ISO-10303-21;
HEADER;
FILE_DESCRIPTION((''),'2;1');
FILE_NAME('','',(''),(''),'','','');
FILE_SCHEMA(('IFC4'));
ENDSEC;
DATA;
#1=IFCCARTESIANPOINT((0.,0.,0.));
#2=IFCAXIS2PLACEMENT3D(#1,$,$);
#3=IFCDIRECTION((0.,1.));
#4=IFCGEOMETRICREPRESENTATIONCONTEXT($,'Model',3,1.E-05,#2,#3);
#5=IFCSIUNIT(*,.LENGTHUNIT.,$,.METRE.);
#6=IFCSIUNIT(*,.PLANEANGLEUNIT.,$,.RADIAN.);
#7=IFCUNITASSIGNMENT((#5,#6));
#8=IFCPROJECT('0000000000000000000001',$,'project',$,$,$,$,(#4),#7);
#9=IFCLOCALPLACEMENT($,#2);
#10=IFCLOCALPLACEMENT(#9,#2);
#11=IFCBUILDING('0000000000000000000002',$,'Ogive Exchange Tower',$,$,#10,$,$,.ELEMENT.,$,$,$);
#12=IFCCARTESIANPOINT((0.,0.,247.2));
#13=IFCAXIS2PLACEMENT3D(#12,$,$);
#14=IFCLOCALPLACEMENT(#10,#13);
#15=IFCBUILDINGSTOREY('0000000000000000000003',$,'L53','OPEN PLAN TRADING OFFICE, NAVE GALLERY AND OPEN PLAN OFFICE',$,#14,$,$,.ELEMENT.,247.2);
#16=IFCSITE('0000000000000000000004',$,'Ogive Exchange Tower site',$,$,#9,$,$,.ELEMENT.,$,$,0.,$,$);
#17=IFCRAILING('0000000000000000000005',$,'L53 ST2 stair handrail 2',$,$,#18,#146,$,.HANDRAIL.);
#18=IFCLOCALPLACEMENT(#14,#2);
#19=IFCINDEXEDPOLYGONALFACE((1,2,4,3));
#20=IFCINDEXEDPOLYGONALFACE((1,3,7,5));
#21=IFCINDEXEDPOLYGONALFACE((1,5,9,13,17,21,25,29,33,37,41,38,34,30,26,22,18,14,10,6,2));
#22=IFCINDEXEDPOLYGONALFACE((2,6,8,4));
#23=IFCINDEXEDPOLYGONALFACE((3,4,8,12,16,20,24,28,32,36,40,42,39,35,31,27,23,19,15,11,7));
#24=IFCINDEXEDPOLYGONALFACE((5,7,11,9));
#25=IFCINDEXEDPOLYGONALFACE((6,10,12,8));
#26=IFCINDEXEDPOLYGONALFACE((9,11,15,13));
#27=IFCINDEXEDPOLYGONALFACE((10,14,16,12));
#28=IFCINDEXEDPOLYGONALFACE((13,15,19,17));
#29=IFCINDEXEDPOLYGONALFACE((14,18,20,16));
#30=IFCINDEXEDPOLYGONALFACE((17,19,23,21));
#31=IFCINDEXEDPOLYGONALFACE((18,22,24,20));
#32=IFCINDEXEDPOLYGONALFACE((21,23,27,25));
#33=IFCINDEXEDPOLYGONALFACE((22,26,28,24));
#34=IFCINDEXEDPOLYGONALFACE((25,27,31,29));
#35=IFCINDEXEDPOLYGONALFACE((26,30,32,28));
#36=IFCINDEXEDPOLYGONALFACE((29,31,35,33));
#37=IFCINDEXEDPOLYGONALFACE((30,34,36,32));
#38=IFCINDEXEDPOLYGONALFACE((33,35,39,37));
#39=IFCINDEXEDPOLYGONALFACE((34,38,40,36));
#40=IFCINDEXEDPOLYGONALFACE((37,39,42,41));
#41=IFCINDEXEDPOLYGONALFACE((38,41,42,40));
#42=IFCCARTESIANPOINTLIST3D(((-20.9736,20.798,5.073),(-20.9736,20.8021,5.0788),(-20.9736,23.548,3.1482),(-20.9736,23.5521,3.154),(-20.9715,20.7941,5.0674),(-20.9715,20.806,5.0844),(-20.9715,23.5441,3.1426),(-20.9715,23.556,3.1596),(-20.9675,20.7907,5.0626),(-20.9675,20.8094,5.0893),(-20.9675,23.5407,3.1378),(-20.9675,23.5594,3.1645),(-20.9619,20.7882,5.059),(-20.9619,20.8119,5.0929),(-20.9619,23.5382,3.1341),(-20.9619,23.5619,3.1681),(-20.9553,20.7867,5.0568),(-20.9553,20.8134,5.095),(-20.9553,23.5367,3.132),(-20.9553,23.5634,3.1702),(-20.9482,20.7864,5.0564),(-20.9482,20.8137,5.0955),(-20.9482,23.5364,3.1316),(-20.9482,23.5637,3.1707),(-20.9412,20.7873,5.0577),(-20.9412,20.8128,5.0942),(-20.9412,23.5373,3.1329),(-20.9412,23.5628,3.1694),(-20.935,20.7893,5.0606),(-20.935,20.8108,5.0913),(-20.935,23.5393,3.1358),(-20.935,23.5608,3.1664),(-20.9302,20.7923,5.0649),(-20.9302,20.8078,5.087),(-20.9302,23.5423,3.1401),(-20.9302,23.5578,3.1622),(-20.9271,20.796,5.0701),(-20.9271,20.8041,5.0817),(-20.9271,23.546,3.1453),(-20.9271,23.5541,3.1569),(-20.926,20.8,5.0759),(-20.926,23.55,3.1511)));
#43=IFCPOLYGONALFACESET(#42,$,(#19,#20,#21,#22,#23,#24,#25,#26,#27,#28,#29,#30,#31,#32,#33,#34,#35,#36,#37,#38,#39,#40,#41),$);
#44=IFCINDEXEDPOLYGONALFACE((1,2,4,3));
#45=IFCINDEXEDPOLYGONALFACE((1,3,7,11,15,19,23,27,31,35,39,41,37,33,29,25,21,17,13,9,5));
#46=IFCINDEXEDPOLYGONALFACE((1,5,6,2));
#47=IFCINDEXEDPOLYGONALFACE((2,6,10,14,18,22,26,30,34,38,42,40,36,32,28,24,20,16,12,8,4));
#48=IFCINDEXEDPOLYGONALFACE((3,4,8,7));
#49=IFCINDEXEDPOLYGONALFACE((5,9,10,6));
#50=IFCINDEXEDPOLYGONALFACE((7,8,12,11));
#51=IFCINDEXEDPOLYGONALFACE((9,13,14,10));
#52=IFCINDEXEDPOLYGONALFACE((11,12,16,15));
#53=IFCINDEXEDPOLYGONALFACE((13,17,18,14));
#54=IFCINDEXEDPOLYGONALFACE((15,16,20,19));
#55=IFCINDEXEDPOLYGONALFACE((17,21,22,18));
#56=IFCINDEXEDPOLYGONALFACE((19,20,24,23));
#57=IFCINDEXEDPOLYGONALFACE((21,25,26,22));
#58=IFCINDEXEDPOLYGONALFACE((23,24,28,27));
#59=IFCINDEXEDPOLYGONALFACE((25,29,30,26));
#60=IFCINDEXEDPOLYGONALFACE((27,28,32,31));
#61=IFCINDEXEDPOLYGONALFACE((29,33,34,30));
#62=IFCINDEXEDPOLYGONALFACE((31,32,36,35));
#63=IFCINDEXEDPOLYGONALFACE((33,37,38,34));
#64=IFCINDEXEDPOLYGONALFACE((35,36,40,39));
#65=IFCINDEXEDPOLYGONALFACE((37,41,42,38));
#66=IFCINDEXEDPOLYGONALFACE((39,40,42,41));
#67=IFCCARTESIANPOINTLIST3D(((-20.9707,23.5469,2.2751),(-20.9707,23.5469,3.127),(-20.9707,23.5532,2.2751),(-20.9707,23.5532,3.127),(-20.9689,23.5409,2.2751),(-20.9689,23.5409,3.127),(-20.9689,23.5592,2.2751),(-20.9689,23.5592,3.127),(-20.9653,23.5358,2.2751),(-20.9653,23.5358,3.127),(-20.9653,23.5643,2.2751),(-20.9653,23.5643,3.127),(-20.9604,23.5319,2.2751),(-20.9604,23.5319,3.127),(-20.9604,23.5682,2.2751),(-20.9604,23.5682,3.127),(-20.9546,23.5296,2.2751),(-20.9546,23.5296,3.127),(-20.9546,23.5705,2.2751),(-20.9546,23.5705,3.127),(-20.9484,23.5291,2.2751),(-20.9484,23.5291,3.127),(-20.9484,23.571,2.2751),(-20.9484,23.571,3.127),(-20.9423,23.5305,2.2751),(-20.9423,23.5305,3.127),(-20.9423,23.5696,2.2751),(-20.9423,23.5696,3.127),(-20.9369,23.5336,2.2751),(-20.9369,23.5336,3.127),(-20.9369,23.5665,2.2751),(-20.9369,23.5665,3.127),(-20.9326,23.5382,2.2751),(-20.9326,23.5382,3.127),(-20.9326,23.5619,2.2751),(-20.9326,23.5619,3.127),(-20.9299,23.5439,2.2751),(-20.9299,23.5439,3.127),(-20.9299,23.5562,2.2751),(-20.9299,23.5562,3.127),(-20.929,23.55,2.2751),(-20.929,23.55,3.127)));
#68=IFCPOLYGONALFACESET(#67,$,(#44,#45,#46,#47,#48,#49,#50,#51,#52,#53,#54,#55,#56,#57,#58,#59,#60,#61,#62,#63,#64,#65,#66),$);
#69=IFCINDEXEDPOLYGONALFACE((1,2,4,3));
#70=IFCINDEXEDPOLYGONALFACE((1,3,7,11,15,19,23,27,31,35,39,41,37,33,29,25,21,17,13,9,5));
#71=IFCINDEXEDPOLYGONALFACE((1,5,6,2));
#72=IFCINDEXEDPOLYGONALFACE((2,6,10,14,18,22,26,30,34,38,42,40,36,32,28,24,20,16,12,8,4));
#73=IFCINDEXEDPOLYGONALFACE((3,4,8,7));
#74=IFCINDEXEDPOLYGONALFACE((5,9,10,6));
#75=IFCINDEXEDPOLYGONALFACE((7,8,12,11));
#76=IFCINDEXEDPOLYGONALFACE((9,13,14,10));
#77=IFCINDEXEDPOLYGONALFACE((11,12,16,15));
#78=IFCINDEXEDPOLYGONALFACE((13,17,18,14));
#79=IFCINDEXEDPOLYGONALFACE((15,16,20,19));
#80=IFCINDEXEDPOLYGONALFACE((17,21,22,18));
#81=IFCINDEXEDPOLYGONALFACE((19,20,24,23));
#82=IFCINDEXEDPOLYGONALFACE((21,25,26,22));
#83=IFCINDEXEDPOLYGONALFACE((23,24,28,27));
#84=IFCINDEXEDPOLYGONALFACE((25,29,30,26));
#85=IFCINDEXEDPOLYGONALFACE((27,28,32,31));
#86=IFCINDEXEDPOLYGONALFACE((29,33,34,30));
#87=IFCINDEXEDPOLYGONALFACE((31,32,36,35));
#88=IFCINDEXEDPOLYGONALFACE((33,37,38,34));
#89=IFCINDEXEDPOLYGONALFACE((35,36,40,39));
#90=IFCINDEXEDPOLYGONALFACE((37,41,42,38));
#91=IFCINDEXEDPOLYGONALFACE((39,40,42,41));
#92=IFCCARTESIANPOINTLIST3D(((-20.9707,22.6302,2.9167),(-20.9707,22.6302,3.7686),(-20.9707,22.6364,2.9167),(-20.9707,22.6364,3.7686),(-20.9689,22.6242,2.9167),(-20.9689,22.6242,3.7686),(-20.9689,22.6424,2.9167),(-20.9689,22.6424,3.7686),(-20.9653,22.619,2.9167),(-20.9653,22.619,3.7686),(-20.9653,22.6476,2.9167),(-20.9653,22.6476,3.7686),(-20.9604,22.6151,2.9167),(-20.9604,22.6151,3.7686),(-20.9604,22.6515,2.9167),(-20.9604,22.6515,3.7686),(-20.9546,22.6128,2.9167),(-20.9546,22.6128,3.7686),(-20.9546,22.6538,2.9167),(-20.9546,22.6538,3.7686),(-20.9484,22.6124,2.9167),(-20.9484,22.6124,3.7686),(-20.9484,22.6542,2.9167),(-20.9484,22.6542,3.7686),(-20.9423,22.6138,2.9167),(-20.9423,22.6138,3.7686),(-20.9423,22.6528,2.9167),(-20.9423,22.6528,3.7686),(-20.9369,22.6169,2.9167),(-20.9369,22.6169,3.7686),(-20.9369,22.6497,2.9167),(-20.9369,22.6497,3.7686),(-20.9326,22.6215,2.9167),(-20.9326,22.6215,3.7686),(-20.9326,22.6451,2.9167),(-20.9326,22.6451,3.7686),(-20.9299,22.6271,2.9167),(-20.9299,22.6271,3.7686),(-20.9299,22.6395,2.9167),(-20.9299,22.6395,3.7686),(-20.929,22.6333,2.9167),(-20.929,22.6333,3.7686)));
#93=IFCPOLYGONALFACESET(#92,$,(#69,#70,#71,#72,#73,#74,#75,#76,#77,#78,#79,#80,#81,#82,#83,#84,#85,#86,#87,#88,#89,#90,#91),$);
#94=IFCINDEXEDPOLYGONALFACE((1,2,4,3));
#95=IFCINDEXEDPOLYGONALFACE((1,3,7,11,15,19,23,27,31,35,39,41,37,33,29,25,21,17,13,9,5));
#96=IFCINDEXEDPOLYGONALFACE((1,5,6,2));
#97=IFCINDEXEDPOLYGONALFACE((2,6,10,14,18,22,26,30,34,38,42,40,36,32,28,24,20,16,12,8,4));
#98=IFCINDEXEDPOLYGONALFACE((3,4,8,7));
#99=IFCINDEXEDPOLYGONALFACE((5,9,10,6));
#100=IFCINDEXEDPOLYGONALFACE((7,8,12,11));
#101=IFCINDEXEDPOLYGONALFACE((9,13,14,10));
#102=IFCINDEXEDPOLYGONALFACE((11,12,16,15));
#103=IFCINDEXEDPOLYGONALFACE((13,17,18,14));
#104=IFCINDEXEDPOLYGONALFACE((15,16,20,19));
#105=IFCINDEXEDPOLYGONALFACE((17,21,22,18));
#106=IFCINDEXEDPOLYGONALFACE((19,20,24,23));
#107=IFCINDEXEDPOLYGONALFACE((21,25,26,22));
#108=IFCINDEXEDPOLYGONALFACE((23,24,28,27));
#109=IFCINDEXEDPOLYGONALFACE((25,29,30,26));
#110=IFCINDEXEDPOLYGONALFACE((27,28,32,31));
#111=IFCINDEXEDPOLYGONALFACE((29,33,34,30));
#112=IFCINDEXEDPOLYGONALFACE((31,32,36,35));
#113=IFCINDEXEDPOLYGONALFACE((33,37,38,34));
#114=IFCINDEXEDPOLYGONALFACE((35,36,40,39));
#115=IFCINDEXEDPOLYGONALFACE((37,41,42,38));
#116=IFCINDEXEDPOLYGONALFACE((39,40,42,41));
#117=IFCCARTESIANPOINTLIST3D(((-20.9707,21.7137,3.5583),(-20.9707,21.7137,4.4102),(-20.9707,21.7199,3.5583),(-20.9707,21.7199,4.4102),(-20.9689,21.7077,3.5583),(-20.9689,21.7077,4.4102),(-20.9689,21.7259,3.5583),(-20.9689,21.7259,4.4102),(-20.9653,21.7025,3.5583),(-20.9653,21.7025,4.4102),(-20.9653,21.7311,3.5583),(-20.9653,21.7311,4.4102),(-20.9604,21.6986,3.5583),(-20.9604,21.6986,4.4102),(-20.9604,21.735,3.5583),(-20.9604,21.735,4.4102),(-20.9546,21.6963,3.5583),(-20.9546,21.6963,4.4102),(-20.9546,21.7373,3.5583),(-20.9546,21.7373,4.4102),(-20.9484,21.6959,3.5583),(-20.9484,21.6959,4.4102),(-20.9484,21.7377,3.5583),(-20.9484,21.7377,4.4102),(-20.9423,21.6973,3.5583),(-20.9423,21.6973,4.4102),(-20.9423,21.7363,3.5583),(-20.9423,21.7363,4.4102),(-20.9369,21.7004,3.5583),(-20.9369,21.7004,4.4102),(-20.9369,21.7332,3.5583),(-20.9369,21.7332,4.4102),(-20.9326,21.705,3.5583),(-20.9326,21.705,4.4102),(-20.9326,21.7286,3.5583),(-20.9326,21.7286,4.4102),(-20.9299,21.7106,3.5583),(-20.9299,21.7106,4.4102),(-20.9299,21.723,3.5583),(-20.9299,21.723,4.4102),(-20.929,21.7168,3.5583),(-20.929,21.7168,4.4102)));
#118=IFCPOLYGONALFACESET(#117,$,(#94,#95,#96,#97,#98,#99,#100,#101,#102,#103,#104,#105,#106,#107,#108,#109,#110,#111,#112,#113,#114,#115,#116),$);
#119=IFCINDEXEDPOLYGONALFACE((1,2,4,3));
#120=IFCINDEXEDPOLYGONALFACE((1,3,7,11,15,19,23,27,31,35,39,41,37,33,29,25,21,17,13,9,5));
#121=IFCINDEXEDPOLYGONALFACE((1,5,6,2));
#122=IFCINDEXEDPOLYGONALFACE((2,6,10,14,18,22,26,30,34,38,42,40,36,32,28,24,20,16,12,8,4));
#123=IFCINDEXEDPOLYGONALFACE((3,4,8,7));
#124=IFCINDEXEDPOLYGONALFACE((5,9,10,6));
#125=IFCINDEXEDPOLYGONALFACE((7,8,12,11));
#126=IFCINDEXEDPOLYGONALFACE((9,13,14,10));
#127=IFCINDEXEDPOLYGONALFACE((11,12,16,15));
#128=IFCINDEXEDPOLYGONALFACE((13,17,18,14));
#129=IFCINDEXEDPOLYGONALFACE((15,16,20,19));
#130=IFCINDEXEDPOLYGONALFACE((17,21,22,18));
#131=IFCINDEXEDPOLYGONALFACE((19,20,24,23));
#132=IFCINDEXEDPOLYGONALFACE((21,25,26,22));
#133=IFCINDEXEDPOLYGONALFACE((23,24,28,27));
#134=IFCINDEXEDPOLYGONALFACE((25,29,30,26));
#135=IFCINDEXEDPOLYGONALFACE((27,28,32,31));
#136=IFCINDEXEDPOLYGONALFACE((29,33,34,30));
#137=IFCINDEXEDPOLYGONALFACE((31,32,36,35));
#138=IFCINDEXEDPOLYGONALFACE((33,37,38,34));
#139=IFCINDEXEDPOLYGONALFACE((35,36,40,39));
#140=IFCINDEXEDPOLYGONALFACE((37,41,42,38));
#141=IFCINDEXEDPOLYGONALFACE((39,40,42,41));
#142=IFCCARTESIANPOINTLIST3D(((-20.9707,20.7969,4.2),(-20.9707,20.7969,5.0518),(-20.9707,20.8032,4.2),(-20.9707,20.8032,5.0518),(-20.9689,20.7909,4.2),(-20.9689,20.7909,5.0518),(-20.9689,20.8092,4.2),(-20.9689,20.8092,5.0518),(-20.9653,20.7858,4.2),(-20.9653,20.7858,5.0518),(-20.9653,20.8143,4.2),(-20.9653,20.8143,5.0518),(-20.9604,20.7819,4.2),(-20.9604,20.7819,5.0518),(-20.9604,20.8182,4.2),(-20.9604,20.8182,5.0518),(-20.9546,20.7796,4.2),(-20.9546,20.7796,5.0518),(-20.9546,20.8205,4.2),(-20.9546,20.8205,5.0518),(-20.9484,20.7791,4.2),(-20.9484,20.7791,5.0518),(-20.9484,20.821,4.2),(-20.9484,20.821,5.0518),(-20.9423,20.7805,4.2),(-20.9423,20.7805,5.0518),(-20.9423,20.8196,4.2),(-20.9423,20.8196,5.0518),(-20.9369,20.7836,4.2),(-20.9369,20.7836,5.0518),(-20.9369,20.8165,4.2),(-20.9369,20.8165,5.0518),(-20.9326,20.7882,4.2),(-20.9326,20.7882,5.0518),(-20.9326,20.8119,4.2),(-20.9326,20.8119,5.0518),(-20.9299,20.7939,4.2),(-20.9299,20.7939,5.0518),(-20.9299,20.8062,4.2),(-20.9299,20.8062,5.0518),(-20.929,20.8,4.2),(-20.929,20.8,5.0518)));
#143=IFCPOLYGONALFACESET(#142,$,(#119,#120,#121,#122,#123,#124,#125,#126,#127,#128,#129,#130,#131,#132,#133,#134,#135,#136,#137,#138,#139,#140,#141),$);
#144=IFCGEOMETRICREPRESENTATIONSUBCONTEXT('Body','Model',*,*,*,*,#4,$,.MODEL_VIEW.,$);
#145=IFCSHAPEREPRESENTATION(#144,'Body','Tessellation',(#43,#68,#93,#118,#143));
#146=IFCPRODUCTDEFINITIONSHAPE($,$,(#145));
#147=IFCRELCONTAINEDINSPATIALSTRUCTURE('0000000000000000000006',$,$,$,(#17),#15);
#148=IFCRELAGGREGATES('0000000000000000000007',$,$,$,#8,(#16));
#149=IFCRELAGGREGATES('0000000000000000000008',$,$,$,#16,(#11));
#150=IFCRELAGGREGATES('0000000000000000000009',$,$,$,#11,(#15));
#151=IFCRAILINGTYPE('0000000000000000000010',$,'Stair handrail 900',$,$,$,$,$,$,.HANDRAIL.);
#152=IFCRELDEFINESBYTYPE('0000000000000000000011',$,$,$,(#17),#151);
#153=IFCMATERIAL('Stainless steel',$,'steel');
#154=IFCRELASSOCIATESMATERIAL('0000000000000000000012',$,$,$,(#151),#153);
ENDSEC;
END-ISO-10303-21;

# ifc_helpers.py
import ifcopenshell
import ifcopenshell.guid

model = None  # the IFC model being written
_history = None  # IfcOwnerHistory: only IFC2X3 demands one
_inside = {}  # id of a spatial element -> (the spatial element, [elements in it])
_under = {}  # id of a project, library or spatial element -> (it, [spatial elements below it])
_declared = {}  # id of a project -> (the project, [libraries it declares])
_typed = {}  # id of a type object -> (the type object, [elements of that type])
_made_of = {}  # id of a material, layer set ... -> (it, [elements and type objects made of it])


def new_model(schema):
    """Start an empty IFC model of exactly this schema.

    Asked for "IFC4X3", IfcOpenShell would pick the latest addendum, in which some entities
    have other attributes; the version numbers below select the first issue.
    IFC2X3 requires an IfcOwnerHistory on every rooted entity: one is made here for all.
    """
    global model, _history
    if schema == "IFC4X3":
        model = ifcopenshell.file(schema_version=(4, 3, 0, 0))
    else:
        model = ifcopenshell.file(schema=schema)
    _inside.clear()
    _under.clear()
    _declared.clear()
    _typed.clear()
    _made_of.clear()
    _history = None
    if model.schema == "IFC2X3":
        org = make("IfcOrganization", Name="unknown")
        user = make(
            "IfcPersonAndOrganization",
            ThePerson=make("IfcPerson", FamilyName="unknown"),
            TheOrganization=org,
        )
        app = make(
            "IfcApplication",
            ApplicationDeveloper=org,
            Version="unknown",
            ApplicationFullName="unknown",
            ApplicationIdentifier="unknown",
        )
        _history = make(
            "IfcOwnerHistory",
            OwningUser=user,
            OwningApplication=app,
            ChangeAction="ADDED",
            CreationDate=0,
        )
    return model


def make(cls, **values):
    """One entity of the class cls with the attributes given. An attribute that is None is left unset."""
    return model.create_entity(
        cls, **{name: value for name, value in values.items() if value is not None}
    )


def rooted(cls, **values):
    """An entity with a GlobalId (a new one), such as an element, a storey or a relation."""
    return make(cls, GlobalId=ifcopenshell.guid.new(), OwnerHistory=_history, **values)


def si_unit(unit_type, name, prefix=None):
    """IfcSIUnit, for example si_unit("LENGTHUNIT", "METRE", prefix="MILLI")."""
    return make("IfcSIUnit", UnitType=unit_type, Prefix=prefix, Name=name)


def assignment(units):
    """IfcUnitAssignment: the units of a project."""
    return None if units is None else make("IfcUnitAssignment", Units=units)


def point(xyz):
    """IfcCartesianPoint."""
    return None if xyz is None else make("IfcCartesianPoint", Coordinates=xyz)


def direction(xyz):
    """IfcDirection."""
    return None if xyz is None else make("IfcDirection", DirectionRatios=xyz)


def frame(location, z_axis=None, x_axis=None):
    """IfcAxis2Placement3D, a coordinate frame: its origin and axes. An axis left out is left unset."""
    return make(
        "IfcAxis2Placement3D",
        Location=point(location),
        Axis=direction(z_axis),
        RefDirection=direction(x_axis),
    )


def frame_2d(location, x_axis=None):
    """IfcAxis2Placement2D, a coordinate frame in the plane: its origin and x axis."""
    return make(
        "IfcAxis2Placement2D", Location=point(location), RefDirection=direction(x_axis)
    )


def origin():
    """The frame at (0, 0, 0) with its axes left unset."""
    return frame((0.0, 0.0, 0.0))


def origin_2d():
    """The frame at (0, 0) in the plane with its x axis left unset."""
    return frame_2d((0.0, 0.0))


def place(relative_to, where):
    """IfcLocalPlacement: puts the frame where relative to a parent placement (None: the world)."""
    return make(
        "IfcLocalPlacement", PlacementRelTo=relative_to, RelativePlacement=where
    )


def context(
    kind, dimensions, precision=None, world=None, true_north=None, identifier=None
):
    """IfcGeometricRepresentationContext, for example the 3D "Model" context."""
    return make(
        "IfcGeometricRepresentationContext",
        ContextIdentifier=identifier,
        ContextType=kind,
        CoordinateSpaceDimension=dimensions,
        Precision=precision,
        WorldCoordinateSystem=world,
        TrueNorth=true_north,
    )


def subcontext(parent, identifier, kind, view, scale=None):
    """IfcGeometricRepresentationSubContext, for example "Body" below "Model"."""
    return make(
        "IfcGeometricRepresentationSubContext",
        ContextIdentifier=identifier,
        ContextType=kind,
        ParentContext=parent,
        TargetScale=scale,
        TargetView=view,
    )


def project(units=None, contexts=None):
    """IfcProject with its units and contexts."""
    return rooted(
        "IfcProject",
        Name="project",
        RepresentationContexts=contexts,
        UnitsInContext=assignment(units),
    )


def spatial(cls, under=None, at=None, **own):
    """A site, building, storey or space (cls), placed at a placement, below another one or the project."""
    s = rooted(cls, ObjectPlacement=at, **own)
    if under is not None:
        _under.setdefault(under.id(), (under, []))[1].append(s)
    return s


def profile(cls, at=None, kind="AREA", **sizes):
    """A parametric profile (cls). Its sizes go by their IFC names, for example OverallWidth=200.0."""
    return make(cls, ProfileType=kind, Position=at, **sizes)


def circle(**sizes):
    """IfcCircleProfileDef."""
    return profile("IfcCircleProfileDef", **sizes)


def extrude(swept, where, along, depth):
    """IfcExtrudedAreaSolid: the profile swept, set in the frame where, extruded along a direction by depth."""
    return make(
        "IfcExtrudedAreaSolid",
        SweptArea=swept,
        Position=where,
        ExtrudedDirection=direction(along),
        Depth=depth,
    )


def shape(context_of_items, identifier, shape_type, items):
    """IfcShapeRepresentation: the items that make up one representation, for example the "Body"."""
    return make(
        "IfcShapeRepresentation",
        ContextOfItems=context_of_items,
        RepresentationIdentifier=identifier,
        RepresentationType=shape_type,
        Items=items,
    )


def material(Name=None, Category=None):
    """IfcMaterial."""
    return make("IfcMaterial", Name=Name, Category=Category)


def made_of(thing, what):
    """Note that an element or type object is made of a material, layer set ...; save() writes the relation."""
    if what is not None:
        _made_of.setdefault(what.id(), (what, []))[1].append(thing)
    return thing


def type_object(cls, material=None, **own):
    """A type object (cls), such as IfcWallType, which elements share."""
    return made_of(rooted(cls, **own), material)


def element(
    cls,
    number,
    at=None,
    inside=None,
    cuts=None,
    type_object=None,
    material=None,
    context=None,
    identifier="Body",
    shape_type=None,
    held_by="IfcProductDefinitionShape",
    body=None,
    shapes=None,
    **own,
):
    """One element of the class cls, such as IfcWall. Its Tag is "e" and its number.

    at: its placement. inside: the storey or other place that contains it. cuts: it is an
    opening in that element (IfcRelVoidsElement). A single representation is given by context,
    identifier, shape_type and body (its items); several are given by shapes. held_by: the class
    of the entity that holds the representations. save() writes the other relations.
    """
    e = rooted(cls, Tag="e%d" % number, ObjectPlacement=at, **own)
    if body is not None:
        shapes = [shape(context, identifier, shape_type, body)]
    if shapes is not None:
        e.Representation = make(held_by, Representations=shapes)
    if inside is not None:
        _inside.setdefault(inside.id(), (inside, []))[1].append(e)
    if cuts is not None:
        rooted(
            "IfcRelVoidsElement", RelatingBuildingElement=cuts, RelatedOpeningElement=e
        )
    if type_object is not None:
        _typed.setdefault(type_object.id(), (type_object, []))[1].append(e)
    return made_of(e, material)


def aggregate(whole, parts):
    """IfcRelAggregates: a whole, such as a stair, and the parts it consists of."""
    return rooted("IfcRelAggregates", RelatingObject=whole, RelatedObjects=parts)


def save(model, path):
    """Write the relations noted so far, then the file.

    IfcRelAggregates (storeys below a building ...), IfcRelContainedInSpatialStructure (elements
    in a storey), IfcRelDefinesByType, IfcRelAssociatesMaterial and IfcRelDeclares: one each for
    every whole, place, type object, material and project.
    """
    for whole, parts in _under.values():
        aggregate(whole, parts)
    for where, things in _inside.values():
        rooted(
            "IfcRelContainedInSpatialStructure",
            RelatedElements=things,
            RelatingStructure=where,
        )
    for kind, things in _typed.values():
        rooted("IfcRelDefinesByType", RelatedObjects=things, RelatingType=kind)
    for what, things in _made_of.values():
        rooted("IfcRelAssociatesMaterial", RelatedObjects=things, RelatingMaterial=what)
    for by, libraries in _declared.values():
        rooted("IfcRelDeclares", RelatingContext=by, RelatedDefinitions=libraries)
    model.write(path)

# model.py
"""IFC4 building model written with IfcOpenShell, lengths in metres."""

from ifc_helpers import new_model, si_unit, direction, frame, origin, origin_2d, place, context, subcontext, project, spatial, circle, extrude, material, type_object, element, save


model = new_model("IFC4")

# Units and contexts
model_context = context("Model", 3, precision=1e-05, world=origin(), true_north=direction((0.0, 1.0)))
body_context = subcontext(model_context, "Body", "Model", "MODEL_VIEW")
ifc_project = project(units=[si_unit("LENGTHUNIT", "METRE"), si_unit("PLANEANGLEUNIT", "RADIAN")], contexts=[model_context])

# Site, building, storey
site_placement = place(None, origin())
site = spatial("IfcSite", under=ifc_project, at=site_placement, Name="Ogive Exchange Tower site", CompositionType="ELEMENT", RefElevation=0.0)
building_placement = place(site_placement, origin())
building = spatial("IfcBuilding", under=site, at=building_placement, Name="Ogive Exchange Tower", CompositionType="ELEMENT")
storey_placement = place(building_placement, frame((0.0, 0.0, 247.2)))
storey = spatial("IfcBuildingStorey", under=building, at=storey_placement, Name="L53", Description="OPEN PLAN TRADING OFFICE, NAVE GALLERY AND OPEN PLAN OFFICE", CompositionType="ELEMENT", Elevation=247.2)

# Railing
ifc_material_1 = material(Name="Stainless steel", Category="steel")
railing_type = type_object("IfcRailingType", Name="Stair handrail 900", PredefinedType="HANDRAIL", material=ifc_material_1)
railing_placement = place(storey_placement, frame((-20.95, 23.55, 2.2751)))
element("IfcRailing", 1, at=railing_placement, inside=storey, type_object=railing_type, Name="L53 ST2 stair handrail 2", PredefinedType="HANDRAIL", context=body_context, shape_type="SweptSolid", body=[
    extrude(circle(Radius=0.0239, at=origin_2d()), frame((0.0, 0.0, 0.876), z_axis=(0.0, -0.819259, 0.573423), x_axis=(1.0, 0.0, 0.0)), (0.0, 0.0, 1.0), 3.3567),
    extrude(circle(Radius=0.021, at=origin_2d()), origin(), (0.0, 0.0, 1.0), 0.8518),
    extrude(circle(Radius=0.021, at=origin_2d()), frame((0.0, -0.9167, 0.6416)), (0.0, 0.0, 1.0), 0.8518),
    extrude(circle(Radius=0.021, at=origin_2d()), frame((0.0, -1.8333, 1.2832)), (0.0, 0.0, 1.0), 0.8518),
    extrude(circle(Radius=0.021, at=origin_2d()), frame((0.0, -2.75, 1.9248)), (0.0, 0.0, 1.0), 0.8518),
])

save(model, "model.ifc")
